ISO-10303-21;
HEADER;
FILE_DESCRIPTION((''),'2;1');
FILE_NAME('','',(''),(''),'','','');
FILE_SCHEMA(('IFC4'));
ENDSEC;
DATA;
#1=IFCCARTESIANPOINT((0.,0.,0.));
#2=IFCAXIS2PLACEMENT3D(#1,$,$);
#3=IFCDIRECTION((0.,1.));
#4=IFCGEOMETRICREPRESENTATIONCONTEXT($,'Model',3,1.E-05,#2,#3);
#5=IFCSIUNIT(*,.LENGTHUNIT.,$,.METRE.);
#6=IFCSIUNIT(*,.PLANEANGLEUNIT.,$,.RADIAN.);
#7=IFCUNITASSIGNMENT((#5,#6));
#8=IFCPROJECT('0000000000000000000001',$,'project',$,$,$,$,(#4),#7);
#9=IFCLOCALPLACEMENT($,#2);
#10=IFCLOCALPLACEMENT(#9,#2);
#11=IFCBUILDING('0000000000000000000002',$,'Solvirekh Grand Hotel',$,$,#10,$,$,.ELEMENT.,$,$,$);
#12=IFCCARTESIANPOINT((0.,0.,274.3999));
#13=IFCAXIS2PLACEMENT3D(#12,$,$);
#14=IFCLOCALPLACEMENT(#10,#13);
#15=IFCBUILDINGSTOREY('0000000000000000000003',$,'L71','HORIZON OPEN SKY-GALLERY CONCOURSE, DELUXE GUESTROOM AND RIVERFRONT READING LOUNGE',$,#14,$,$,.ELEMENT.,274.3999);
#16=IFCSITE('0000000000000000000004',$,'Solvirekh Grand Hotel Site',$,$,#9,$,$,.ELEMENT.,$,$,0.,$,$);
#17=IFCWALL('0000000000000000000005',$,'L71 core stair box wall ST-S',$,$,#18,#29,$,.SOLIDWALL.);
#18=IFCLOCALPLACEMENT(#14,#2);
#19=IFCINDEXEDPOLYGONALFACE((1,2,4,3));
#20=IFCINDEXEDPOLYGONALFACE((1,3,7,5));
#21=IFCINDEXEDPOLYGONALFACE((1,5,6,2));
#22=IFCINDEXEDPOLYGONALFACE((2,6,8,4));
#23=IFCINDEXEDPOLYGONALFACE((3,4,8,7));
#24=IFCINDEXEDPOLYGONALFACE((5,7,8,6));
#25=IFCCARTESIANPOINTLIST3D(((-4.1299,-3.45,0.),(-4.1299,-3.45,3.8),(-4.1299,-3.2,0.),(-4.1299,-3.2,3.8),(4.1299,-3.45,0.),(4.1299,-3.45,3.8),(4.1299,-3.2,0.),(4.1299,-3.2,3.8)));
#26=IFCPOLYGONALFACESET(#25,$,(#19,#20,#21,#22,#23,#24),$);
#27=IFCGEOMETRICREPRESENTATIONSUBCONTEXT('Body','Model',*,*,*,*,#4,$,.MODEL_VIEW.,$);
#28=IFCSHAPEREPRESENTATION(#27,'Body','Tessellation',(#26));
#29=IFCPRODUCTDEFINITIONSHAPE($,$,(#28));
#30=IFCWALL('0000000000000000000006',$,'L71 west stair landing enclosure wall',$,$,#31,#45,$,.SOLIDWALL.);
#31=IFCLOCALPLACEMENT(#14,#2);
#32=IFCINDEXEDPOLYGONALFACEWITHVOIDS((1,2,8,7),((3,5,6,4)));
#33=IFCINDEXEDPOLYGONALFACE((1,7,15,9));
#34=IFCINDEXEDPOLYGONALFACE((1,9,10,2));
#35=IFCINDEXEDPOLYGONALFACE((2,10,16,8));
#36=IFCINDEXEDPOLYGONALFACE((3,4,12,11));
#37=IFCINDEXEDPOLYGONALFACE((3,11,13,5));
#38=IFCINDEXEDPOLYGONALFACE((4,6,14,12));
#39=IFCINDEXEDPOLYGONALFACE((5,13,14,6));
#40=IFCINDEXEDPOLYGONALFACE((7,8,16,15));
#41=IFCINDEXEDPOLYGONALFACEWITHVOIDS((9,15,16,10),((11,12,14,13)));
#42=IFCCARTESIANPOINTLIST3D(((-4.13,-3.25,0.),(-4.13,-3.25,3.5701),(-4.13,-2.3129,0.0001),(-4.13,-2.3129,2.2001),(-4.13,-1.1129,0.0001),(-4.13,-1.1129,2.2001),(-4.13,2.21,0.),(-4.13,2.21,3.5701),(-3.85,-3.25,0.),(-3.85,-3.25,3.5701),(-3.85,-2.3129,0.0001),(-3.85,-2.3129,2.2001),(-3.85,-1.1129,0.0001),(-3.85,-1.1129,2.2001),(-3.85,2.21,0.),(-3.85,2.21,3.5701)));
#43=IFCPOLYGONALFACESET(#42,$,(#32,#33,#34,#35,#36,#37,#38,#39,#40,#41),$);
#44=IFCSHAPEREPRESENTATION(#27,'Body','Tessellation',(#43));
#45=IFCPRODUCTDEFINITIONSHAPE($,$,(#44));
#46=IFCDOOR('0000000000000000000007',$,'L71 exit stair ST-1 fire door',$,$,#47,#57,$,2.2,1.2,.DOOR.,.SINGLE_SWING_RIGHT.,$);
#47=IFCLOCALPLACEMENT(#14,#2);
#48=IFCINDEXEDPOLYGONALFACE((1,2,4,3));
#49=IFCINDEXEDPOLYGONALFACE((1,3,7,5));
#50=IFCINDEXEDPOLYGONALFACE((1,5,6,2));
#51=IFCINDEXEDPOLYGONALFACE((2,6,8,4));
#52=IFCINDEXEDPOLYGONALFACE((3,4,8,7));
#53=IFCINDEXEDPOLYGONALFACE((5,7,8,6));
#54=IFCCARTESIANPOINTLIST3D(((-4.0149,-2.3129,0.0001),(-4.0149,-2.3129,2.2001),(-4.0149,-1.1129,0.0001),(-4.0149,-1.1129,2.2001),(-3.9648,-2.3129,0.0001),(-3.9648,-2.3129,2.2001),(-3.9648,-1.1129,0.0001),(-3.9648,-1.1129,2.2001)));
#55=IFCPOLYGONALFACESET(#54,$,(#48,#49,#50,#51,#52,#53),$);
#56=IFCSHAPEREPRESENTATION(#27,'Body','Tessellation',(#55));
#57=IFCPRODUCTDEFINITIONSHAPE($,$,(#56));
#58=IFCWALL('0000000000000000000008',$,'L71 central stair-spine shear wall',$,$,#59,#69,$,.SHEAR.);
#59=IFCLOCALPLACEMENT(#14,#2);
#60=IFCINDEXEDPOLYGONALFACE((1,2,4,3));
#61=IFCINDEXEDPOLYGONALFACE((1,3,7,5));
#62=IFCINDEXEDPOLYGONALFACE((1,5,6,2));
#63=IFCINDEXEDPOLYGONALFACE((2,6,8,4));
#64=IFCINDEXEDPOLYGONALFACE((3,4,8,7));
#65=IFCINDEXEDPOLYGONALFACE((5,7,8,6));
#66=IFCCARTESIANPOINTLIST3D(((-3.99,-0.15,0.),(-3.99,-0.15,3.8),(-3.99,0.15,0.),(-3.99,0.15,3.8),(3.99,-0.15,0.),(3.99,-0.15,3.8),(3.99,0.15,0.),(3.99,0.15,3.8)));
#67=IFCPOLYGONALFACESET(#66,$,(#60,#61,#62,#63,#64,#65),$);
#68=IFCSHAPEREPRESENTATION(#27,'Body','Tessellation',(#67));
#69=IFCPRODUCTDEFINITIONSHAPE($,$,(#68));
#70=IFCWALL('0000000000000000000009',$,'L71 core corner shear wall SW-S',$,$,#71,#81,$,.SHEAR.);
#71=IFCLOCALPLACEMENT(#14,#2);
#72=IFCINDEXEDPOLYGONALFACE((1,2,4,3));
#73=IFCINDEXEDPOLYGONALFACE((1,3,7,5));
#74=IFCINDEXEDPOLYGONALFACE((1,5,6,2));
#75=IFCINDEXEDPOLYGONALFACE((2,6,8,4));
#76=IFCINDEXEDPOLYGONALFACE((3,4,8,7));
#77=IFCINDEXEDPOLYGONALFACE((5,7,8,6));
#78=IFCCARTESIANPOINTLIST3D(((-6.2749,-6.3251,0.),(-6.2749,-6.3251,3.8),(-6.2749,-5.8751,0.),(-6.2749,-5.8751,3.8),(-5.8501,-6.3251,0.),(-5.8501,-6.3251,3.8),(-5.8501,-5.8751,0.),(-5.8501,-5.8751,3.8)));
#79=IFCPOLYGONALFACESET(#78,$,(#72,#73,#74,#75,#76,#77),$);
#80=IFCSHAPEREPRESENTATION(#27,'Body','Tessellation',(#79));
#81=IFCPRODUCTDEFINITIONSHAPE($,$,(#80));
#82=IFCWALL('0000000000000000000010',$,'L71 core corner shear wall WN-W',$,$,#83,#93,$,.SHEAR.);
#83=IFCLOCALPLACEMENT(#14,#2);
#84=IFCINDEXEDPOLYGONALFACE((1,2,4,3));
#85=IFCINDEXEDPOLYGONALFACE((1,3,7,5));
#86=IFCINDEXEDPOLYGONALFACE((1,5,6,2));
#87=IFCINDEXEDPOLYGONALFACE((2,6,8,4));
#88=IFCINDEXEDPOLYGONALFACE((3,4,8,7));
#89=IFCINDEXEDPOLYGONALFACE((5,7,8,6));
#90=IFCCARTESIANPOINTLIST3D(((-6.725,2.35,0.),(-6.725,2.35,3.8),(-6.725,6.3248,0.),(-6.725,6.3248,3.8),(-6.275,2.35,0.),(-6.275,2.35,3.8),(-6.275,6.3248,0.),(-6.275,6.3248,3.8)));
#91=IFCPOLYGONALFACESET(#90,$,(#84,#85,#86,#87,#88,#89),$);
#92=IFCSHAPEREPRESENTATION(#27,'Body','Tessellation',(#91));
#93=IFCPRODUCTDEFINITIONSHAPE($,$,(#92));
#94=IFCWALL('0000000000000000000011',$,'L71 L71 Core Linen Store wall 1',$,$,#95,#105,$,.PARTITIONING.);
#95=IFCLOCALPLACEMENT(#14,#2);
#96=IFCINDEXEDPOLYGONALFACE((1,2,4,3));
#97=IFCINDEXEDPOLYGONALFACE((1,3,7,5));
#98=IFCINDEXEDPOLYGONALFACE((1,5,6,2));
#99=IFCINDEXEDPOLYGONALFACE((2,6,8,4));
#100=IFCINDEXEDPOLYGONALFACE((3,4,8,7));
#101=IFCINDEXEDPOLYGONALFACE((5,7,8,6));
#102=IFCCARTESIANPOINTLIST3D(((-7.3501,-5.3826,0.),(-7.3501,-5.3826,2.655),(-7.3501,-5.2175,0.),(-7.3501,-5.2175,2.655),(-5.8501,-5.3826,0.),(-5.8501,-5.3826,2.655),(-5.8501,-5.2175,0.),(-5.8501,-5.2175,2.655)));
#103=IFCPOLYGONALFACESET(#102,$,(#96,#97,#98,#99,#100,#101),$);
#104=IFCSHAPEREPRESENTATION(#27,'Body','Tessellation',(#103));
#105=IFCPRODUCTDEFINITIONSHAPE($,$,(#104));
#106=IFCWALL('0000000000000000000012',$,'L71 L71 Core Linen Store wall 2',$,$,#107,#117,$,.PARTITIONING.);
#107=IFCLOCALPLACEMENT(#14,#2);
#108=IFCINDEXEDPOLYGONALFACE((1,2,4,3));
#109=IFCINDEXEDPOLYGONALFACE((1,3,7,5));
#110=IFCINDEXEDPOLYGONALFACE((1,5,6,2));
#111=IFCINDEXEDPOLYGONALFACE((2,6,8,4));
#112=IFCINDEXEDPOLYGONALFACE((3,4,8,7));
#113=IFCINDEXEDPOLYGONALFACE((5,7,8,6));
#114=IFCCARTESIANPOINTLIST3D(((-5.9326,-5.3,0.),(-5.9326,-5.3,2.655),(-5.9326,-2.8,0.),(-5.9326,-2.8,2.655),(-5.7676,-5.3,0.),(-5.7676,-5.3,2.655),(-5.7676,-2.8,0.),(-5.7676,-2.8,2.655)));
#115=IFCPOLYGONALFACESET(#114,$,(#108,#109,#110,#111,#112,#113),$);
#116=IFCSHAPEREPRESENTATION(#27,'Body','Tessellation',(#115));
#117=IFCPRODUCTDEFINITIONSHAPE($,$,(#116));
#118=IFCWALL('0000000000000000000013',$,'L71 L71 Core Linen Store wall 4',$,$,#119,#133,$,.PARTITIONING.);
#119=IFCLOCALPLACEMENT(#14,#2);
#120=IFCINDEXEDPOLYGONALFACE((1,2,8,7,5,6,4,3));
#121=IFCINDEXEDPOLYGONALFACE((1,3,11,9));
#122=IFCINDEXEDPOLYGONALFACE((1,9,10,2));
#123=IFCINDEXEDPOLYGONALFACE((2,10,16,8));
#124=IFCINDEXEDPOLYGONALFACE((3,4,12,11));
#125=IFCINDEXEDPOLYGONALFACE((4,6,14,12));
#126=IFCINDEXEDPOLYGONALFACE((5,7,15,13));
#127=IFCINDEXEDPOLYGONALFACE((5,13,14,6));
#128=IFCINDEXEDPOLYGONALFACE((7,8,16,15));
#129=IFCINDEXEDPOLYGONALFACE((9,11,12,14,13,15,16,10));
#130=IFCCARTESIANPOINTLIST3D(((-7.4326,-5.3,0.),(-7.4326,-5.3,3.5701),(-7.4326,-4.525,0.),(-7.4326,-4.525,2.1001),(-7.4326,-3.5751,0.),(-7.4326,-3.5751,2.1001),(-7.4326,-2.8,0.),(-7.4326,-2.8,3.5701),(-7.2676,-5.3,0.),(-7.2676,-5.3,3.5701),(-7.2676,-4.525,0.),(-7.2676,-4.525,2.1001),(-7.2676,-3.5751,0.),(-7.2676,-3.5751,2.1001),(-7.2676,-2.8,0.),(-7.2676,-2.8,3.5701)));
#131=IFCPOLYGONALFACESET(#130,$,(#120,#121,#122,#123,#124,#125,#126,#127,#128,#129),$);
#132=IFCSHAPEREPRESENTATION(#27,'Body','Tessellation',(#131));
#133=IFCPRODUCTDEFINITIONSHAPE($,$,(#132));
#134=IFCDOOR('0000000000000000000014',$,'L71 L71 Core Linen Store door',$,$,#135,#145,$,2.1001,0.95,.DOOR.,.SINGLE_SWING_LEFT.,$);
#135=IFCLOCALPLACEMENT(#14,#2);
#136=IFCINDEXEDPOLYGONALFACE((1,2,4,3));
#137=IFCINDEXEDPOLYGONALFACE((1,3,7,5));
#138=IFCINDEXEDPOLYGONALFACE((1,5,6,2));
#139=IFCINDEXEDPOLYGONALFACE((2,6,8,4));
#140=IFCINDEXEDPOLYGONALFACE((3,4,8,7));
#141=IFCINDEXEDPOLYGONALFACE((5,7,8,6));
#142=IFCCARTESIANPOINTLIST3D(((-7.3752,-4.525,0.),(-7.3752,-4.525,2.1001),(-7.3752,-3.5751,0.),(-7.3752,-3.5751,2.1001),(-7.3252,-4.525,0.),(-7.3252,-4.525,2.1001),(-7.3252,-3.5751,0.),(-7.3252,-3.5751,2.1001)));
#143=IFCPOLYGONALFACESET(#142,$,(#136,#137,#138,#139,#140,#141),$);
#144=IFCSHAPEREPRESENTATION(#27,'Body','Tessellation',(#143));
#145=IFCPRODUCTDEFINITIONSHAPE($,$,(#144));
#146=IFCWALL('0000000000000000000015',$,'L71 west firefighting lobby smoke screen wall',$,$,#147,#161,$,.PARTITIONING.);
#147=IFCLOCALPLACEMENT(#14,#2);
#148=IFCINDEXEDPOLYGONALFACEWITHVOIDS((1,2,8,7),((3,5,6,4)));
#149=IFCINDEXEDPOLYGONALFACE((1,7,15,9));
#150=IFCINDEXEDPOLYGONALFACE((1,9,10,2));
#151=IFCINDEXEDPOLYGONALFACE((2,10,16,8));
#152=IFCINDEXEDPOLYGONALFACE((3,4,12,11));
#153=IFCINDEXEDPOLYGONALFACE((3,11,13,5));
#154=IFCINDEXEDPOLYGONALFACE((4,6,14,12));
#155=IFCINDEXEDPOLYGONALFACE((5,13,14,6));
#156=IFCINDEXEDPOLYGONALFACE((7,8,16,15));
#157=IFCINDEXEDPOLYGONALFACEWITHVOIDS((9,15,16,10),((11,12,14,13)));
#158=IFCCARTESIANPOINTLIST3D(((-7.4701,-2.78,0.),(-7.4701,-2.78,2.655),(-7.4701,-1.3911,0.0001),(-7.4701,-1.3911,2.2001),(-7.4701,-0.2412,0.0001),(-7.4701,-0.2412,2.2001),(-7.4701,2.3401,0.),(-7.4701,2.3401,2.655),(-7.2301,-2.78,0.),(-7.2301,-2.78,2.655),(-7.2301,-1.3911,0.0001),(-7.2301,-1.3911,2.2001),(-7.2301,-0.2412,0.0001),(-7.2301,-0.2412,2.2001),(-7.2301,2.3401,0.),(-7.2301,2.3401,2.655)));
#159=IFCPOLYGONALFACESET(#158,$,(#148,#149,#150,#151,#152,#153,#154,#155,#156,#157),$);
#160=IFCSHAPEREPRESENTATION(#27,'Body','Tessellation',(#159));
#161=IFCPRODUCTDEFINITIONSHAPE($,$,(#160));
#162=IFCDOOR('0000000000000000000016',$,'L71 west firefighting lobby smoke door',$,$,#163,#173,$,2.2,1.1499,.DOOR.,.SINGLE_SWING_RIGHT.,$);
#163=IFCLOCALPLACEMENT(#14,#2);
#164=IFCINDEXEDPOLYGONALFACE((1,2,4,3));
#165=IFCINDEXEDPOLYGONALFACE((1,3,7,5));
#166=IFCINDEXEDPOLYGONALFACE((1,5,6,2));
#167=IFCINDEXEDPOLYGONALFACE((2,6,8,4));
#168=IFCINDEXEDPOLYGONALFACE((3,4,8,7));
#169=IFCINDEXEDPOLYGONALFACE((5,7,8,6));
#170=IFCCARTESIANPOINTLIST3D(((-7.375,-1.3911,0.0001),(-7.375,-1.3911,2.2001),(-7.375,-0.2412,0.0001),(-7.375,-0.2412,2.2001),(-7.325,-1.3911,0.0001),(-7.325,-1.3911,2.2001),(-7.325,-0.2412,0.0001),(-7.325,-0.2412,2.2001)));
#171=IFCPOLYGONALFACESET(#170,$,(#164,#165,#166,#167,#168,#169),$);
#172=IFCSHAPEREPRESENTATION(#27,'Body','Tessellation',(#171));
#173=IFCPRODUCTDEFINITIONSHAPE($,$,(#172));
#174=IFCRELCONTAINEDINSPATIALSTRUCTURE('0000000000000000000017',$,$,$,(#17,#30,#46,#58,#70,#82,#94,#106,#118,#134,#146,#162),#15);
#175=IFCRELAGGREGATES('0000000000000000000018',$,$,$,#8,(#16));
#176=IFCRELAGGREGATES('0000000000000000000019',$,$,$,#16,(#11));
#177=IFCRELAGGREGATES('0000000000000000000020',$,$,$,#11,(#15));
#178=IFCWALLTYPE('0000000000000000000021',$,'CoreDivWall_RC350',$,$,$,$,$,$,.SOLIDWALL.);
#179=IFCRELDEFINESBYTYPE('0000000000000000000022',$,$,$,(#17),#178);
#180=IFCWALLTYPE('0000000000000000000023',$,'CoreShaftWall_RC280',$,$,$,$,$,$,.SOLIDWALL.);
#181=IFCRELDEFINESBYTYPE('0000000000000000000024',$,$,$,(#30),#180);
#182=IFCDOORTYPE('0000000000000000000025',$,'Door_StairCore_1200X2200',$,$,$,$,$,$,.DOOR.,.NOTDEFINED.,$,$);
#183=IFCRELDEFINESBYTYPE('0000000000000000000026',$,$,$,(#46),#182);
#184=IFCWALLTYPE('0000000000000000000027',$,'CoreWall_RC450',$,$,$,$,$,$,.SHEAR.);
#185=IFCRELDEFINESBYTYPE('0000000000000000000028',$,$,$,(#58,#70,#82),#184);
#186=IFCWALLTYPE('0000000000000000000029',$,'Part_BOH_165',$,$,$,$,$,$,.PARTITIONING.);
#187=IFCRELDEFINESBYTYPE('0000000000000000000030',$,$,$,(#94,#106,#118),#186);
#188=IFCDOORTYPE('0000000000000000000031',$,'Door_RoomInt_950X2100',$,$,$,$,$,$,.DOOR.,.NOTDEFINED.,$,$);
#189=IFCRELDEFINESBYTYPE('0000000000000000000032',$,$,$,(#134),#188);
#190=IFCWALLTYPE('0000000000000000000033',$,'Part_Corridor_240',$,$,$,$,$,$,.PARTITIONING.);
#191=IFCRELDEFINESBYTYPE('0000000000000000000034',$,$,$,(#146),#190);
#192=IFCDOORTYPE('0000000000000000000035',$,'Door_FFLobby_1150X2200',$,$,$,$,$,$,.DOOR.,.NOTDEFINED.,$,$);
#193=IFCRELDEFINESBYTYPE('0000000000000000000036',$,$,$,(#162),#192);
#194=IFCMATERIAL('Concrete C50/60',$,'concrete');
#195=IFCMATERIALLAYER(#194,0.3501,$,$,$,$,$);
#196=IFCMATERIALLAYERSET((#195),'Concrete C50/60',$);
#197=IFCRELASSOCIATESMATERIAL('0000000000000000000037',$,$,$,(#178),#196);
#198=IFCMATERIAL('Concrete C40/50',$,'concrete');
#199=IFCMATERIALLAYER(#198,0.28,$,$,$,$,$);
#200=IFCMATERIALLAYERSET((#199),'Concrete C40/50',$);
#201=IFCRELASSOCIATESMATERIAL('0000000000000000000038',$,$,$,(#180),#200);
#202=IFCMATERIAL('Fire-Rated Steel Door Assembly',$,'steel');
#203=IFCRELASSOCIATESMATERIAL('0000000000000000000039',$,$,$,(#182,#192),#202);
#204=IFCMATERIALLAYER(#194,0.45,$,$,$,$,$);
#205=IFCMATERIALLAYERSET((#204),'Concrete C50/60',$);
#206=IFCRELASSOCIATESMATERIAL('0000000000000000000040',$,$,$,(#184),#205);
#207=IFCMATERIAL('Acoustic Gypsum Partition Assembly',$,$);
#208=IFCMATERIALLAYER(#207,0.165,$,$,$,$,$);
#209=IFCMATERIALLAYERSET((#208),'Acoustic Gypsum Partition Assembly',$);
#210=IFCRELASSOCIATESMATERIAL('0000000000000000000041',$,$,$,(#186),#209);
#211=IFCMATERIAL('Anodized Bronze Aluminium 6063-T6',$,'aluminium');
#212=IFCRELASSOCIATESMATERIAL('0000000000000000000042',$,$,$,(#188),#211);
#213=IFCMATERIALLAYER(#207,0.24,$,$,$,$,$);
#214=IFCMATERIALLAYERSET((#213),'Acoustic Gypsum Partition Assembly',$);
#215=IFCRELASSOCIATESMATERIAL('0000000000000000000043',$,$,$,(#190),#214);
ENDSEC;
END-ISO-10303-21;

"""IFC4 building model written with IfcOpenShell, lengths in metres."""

from ifc_helpers import new_model, si_unit, direction, frame, frame_2d, origin, place, context, subcontext, project, spatial, rectangle, extrude, material, layer, layer_set, type_object, element, fill, save


model = new_model("IFC4")

# Units and contexts
model_context = context("Model", 3, precision=1e-05, world=origin(), true_north=direction((0.0, 1.0)))
body_context = subcontext(model_context, "Body", "Model", "MODEL_VIEW")
ifc_project = project(units=[si_unit("LENGTHUNIT", "METRE"), si_unit("PLANEANGLEUNIT", "RADIAN")], contexts=[model_context])

# Site, building, storey
site_placement = place(None, origin())
site = spatial("IfcSite", under=ifc_project, at=site_placement, Name="Solvirekh Grand Hotel Site", CompositionType="ELEMENT", RefElevation=0.0)
building_placement = place(site_placement, origin())
building = spatial("IfcBuilding", under=site, at=building_placement, Name="Solvirekh Grand Hotel", CompositionType="ELEMENT")
storey_placement = place(building_placement, frame((0.0, 0.0, 274.3999)))
storey = spatial("IfcBuildingStorey", under=building, at=storey_placement, Name="L71", Description="HORIZON OPEN SKY-GALLERY CONCOURSE, DELUXE GUESTROOM AND RIVERFRONT READING LOUNGE", CompositionType="ELEMENT", Elevation=274.3999)

# Shared definitions
ifc_material_1 = material(Name="Concrete C50/60", Category="concrete")

# Shared definitions
ifc_material_2 = material(Name="Anodized Bronze Aluminium 6063-T6", Category="aluminium")

# Wall
ifc_layer_1 = layer(ifc_material_1, 0.3501)
ifc_layer_set_1 = layer_set([ifc_layer_1], Name="Concrete C50/60")
wall_type_1 = type_object("IfcWallType", Name="CoreDivWall_RC350", PredefinedType="SOLIDWALL", material=ifc_layer_set_1)
wall_1_placement = place(storey_placement, frame((-4.1299, -3.325, 0.0), z_axis=(0.0, 0.0, 1.0), x_axis=(1.0, 0.0, 0.0)))
element("IfcWall", 1, at=wall_1_placement, inside=storey, type_object=wall_type_1, Name="L71 core stair box wall ST-S", PredefinedType="SOLIDWALL", context=body_context, shape_type="SweptSolid", body=[
    extrude(rectangle(XDim=8.2598, YDim=0.25, at=frame_2d((4.1299, 0.0))), origin(), (0.0, 0.0, 1.0), 3.8),
])

# Wall, opening, door
ifc_material_3 = material(Name="Concrete C40/50", Category="concrete")
ifc_layer_2 = layer(ifc_material_3, 0.28)
ifc_layer_set_2 = layer_set([ifc_layer_2], Name="Concrete C40/50")
wall_type_2 = type_object("IfcWallType", Name="CoreShaftWall_RC280", PredefinedType="SOLIDWALL", material=ifc_layer_set_2)
wall_2_placement = place(storey_placement, frame((-3.99, -3.25, 0.0), z_axis=(0.0, 0.0, 1.0), x_axis=(0.0, 1.0, 0.0)))
wall_2 = element("IfcWall", 2, at=wall_2_placement, inside=storey, type_object=wall_type_2, Name="L71 west stair landing enclosure wall", PredefinedType="SOLIDWALL", context=body_context, shape_type="SweptSolid", body=[
    extrude(rectangle(XDim=5.46, YDim=0.28, at=frame_2d((2.73, 0.0))), origin(), (0.0, 0.0, 1.0), 3.5701),
])
opening_1_placement = place(wall_2_placement, frame((0.937, 0.0, 0.0)))
opening_1 = element("IfcOpeningElement", 3, at=opening_1_placement, cuts=wall_2, PredefinedType="OPENING", context=body_context, shape_type="SweptSolid", body=[
    extrude(rectangle(XDim=1.2, YDim=2.2, at=frame_2d((0.6001, 1.1001))), frame((0.0, 0.1499, 0.0), z_axis=(0.0, -1.0, 0.0), x_axis=(1.0, 0.0, 0.0)), (0.0, 0.0, 1.0), 0.3),
])
ifc_material_4 = material(Name="Fire-Rated Steel Door Assembly", Category="steel")
door_type_1 = type_object("IfcDoorType", Name="Door_StairCore_1200X2200", OperationType="NOTDEFINED", PredefinedType="DOOR", material=ifc_material_4)
door_1_placement = place(opening_1_placement, origin())
door_1 = element("IfcDoor", 4, at=door_1_placement, inside=storey, type_object=door_type_1, Name="L71 exit stair ST-1 fire door", OperationType="SINGLE_SWING_RIGHT", OverallHeight=2.2, OverallWidth=1.2, PredefinedType="DOOR", context=body_context, shape_type="SweptSolid", body=[
    extrude(rectangle(XDim=1.2, YDim=2.2, at=frame_2d((0.6001, 1.1001))), frame((0.0, 0.0249, 0.0), z_axis=(0.0, -1.0, 0.0), x_axis=(1.0, 0.0, 0.0)), (0.0, 0.0, 1.0), 0.05),
])
fill(opening_1, door_1)

# Walls
ifc_layer_3 = layer(ifc_material_1, 0.45)
ifc_layer_set_3 = layer_set([ifc_layer_3], Name="Concrete C50/60")
wall_type_3 = type_object("IfcWallType", Name="CoreWall_RC450", PredefinedType="SHEAR", material=ifc_layer_set_3)
wall_3_placement = place(storey_placement, frame((-3.99, 0.0, 0.0), z_axis=(0.0, 0.0, 1.0), x_axis=(1.0, 0.0, 0.0)))
element("IfcWall", 5, at=wall_3_placement, inside=storey, type_object=wall_type_3, Name="L71 central stair-spine shear wall", PredefinedType="SHEAR", context=body_context, shape_type="SweptSolid", body=[
    extrude(rectangle(XDim=7.98, YDim=0.3, at=frame_2d((3.99, 0.0))), origin(), (0.0, 0.0, 1.0), 3.8),
])
wall_4_placement = place(storey_placement, frame((-6.2749, -6.1001, 0.0), z_axis=(0.0, 0.0, 1.0), x_axis=(1.0, 0.0, 0.0)))
element("IfcWall", 6, at=wall_4_placement, inside=storey, type_object=wall_type_3, Name="L71 core corner shear wall SW-S", PredefinedType="SHEAR", context=body_context, shape_type="SweptSolid", body=[
    extrude(rectangle(XDim=0.4248, YDim=0.45, at=frame_2d((0.2124, 0.0))), origin(), (0.0, 0.0, 1.0), 3.8),
])
wall_5_placement = place(storey_placement, frame((-6.5, 2.3501, 0.0), z_axis=(0.0, 0.0, 1.0), x_axis=(0.0, 1.0, 0.0)))
element("IfcWall", 7, at=wall_5_placement, inside=storey, type_object=wall_type_3, Name="L71 core corner shear wall WN-W", PredefinedType="SHEAR", context=body_context, shape_type="SweptSolid", body=[
    extrude(rectangle(XDim=3.9749, YDim=0.45, at=frame_2d((1.9873, 0.0))), origin(), (0.0, 0.0, 1.0), 3.8),
])
ifc_material_5 = material(Name="Acoustic Gypsum Partition Assembly")
ifc_layer_4 = layer(ifc_material_5, 0.165)
ifc_layer_set_4 = layer_set([ifc_layer_4], Name="Acoustic Gypsum Partition Assembly")
wall_type_4 = type_object("IfcWallType", Name="Part_BOH_165", PredefinedType="PARTITIONING", material=ifc_layer_set_4)
wall_6_placement = place(storey_placement, frame((-7.3501, -5.3, 0.0), z_axis=(0.0, 0.0, 1.0), x_axis=(1.0, 0.0, 0.0)))
element("IfcWall", 8, at=wall_6_placement, inside=storey, type_object=wall_type_4, Name="L71 L71 Core Linen Store wall 1", PredefinedType="PARTITIONING", context=body_context, shape_type="SweptSolid", body=[
    extrude(rectangle(XDim=1.5, YDim=0.165, at=frame_2d((0.75, 0.0))), origin(), (0.0, 0.0, 1.0), 2.655),
])
wall_7_placement = place(storey_placement, frame((-5.8501, -5.3, 0.0), z_axis=(0.0, 0.0, 1.0), x_axis=(0.0, 1.0, 0.0)))
element("IfcWall", 9, at=wall_7_placement, inside=storey, type_object=wall_type_4, Name="L71 L71 Core Linen Store wall 2", PredefinedType="PARTITIONING", context=body_context, shape_type="SweptSolid", body=[
    extrude(rectangle(XDim=2.5, YDim=0.165, at=frame_2d((1.25, 0.0))), origin(), (0.0, 0.0, 1.0), 2.655),
])

# Walls, openings, doors
wall_8_placement = place(storey_placement, frame((-7.3501, -2.8, 0.0), z_axis=(0.0, 0.0, 1.0), x_axis=(0.0, -1.0, 0.0)))
wall_8 = element("IfcWall", 10, at=wall_8_placement, inside=storey, type_object=wall_type_4, Name="L71 L71 Core Linen Store wall 4", PredefinedType="PARTITIONING", context=body_context, shape_type="SweptSolid", body=[
    extrude(rectangle(XDim=2.5, YDim=0.165, at=frame_2d((1.25, 0.0))), origin(), (0.0, 0.0, 1.0), 3.5701),
])
opening_2_placement = place(wall_8_placement, frame((0.7749, 0.0, 0.0)))
opening_2 = element("IfcOpeningElement", 11, at=opening_2_placement, cuts=wall_8, PredefinedType="OPENING", context=body_context, shape_type="SweptSolid", body=[
    extrude(rectangle(XDim=0.95, YDim=2.1001, at=frame_2d((0.4751, 1.05))), frame((0.0, 0.0925, 0.0), z_axis=(0.0, -1.0, 0.0), x_axis=(1.0, 0.0, 0.0)), (0.0, 0.0, 1.0), 0.1851),
])
door_type_2 = type_object("IfcDoorType", Name="Door_RoomInt_950X2100", OperationType="NOTDEFINED", PredefinedType="DOOR", material=ifc_material_2)
door_2_placement = place(opening_2_placement, origin())
door_2 = element("IfcDoor", 12, at=door_2_placement, inside=storey, type_object=door_type_2, Name="L71 L71 Core Linen Store door", OperationType="SINGLE_SWING_LEFT", OverallHeight=2.1001, OverallWidth=0.95, PredefinedType="DOOR", context=body_context, shape_type="SweptSolid", body=[
    extrude(rectangle(XDim=0.95, YDim=2.1001, at=frame_2d((0.4751, 1.05))), frame((0.0, 0.0249, 0.0), z_axis=(0.0, -1.0, 0.0), x_axis=(1.0, 0.0, 0.0)), (0.0, 0.0, 1.0), 0.05),
])
fill(opening_2, door_2)
ifc_layer_5 = layer(ifc_material_5, 0.24)
ifc_layer_set_5 = layer_set([ifc_layer_5], Name="Acoustic Gypsum Partition Assembly")
wall_type_5 = type_object("IfcWallType", Name="Part_Corridor_240", PredefinedType="PARTITIONING", material=ifc_layer_set_5)
wall_9_placement = place(storey_placement, frame((-7.3501, -2.78, 0.0), z_axis=(0.0, 0.0, 1.0), x_axis=(0.0, 1.0, 0.0)))
wall_9 = element("IfcWall", 13, at=wall_9_placement, inside=storey, type_object=wall_type_5, Name="L71 west firefighting lobby smoke screen wall", PredefinedType="PARTITIONING", context=body_context, shape_type="SweptSolid", body=[
    extrude(rectangle(XDim=5.1201, YDim=0.24, at=frame_2d((2.5601, 0.0))), origin(), (0.0, 0.0, 1.0), 2.655),
])
opening_3_placement = place(wall_9_placement, frame((1.3889, 0.0, 0.0)))
opening_3 = element("IfcOpeningElement", 14, at=opening_3_placement, cuts=wall_9, PredefinedType="OPENING", context=body_context, shape_type="SweptSolid", body=[
    extrude(rectangle(XDim=1.1499, YDim=2.2, at=frame_2d((0.575, 1.1001))), frame((0.0, 0.1299, 0.0), z_axis=(0.0, -1.0, 0.0), x_axis=(1.0, 0.0, 0.0)), (0.0, 0.0, 1.0), 0.26),
])
door_type_3 = type_object("IfcDoorType", Name="Door_FFLobby_1150X2200", OperationType="NOTDEFINED", PredefinedType="DOOR", material=ifc_material_4)
door_3_placement = place(opening_3_placement, origin())
door_3 = element("IfcDoor", 15, at=door_3_placement, inside=storey, type_object=door_type_3, Name="L71 west firefighting lobby smoke door", OperationType="SINGLE_SWING_RIGHT", OverallHeight=2.2, OverallWidth=1.1499, PredefinedType="DOOR", context=body_context, shape_type="SweptSolid", body=[
    extrude(rectangle(XDim=1.1499, YDim=2.2, at=frame_2d((0.575, 1.1001))), frame((0.0, 0.0249, 0.0), z_axis=(0.0, -1.0, 0.0), x_axis=(1.0, 0.0, 0.0)), (0.0, 0.0, 1.0), 0.05),
])
fill(opening_3, door_3)

save(model, "model.ifc")
